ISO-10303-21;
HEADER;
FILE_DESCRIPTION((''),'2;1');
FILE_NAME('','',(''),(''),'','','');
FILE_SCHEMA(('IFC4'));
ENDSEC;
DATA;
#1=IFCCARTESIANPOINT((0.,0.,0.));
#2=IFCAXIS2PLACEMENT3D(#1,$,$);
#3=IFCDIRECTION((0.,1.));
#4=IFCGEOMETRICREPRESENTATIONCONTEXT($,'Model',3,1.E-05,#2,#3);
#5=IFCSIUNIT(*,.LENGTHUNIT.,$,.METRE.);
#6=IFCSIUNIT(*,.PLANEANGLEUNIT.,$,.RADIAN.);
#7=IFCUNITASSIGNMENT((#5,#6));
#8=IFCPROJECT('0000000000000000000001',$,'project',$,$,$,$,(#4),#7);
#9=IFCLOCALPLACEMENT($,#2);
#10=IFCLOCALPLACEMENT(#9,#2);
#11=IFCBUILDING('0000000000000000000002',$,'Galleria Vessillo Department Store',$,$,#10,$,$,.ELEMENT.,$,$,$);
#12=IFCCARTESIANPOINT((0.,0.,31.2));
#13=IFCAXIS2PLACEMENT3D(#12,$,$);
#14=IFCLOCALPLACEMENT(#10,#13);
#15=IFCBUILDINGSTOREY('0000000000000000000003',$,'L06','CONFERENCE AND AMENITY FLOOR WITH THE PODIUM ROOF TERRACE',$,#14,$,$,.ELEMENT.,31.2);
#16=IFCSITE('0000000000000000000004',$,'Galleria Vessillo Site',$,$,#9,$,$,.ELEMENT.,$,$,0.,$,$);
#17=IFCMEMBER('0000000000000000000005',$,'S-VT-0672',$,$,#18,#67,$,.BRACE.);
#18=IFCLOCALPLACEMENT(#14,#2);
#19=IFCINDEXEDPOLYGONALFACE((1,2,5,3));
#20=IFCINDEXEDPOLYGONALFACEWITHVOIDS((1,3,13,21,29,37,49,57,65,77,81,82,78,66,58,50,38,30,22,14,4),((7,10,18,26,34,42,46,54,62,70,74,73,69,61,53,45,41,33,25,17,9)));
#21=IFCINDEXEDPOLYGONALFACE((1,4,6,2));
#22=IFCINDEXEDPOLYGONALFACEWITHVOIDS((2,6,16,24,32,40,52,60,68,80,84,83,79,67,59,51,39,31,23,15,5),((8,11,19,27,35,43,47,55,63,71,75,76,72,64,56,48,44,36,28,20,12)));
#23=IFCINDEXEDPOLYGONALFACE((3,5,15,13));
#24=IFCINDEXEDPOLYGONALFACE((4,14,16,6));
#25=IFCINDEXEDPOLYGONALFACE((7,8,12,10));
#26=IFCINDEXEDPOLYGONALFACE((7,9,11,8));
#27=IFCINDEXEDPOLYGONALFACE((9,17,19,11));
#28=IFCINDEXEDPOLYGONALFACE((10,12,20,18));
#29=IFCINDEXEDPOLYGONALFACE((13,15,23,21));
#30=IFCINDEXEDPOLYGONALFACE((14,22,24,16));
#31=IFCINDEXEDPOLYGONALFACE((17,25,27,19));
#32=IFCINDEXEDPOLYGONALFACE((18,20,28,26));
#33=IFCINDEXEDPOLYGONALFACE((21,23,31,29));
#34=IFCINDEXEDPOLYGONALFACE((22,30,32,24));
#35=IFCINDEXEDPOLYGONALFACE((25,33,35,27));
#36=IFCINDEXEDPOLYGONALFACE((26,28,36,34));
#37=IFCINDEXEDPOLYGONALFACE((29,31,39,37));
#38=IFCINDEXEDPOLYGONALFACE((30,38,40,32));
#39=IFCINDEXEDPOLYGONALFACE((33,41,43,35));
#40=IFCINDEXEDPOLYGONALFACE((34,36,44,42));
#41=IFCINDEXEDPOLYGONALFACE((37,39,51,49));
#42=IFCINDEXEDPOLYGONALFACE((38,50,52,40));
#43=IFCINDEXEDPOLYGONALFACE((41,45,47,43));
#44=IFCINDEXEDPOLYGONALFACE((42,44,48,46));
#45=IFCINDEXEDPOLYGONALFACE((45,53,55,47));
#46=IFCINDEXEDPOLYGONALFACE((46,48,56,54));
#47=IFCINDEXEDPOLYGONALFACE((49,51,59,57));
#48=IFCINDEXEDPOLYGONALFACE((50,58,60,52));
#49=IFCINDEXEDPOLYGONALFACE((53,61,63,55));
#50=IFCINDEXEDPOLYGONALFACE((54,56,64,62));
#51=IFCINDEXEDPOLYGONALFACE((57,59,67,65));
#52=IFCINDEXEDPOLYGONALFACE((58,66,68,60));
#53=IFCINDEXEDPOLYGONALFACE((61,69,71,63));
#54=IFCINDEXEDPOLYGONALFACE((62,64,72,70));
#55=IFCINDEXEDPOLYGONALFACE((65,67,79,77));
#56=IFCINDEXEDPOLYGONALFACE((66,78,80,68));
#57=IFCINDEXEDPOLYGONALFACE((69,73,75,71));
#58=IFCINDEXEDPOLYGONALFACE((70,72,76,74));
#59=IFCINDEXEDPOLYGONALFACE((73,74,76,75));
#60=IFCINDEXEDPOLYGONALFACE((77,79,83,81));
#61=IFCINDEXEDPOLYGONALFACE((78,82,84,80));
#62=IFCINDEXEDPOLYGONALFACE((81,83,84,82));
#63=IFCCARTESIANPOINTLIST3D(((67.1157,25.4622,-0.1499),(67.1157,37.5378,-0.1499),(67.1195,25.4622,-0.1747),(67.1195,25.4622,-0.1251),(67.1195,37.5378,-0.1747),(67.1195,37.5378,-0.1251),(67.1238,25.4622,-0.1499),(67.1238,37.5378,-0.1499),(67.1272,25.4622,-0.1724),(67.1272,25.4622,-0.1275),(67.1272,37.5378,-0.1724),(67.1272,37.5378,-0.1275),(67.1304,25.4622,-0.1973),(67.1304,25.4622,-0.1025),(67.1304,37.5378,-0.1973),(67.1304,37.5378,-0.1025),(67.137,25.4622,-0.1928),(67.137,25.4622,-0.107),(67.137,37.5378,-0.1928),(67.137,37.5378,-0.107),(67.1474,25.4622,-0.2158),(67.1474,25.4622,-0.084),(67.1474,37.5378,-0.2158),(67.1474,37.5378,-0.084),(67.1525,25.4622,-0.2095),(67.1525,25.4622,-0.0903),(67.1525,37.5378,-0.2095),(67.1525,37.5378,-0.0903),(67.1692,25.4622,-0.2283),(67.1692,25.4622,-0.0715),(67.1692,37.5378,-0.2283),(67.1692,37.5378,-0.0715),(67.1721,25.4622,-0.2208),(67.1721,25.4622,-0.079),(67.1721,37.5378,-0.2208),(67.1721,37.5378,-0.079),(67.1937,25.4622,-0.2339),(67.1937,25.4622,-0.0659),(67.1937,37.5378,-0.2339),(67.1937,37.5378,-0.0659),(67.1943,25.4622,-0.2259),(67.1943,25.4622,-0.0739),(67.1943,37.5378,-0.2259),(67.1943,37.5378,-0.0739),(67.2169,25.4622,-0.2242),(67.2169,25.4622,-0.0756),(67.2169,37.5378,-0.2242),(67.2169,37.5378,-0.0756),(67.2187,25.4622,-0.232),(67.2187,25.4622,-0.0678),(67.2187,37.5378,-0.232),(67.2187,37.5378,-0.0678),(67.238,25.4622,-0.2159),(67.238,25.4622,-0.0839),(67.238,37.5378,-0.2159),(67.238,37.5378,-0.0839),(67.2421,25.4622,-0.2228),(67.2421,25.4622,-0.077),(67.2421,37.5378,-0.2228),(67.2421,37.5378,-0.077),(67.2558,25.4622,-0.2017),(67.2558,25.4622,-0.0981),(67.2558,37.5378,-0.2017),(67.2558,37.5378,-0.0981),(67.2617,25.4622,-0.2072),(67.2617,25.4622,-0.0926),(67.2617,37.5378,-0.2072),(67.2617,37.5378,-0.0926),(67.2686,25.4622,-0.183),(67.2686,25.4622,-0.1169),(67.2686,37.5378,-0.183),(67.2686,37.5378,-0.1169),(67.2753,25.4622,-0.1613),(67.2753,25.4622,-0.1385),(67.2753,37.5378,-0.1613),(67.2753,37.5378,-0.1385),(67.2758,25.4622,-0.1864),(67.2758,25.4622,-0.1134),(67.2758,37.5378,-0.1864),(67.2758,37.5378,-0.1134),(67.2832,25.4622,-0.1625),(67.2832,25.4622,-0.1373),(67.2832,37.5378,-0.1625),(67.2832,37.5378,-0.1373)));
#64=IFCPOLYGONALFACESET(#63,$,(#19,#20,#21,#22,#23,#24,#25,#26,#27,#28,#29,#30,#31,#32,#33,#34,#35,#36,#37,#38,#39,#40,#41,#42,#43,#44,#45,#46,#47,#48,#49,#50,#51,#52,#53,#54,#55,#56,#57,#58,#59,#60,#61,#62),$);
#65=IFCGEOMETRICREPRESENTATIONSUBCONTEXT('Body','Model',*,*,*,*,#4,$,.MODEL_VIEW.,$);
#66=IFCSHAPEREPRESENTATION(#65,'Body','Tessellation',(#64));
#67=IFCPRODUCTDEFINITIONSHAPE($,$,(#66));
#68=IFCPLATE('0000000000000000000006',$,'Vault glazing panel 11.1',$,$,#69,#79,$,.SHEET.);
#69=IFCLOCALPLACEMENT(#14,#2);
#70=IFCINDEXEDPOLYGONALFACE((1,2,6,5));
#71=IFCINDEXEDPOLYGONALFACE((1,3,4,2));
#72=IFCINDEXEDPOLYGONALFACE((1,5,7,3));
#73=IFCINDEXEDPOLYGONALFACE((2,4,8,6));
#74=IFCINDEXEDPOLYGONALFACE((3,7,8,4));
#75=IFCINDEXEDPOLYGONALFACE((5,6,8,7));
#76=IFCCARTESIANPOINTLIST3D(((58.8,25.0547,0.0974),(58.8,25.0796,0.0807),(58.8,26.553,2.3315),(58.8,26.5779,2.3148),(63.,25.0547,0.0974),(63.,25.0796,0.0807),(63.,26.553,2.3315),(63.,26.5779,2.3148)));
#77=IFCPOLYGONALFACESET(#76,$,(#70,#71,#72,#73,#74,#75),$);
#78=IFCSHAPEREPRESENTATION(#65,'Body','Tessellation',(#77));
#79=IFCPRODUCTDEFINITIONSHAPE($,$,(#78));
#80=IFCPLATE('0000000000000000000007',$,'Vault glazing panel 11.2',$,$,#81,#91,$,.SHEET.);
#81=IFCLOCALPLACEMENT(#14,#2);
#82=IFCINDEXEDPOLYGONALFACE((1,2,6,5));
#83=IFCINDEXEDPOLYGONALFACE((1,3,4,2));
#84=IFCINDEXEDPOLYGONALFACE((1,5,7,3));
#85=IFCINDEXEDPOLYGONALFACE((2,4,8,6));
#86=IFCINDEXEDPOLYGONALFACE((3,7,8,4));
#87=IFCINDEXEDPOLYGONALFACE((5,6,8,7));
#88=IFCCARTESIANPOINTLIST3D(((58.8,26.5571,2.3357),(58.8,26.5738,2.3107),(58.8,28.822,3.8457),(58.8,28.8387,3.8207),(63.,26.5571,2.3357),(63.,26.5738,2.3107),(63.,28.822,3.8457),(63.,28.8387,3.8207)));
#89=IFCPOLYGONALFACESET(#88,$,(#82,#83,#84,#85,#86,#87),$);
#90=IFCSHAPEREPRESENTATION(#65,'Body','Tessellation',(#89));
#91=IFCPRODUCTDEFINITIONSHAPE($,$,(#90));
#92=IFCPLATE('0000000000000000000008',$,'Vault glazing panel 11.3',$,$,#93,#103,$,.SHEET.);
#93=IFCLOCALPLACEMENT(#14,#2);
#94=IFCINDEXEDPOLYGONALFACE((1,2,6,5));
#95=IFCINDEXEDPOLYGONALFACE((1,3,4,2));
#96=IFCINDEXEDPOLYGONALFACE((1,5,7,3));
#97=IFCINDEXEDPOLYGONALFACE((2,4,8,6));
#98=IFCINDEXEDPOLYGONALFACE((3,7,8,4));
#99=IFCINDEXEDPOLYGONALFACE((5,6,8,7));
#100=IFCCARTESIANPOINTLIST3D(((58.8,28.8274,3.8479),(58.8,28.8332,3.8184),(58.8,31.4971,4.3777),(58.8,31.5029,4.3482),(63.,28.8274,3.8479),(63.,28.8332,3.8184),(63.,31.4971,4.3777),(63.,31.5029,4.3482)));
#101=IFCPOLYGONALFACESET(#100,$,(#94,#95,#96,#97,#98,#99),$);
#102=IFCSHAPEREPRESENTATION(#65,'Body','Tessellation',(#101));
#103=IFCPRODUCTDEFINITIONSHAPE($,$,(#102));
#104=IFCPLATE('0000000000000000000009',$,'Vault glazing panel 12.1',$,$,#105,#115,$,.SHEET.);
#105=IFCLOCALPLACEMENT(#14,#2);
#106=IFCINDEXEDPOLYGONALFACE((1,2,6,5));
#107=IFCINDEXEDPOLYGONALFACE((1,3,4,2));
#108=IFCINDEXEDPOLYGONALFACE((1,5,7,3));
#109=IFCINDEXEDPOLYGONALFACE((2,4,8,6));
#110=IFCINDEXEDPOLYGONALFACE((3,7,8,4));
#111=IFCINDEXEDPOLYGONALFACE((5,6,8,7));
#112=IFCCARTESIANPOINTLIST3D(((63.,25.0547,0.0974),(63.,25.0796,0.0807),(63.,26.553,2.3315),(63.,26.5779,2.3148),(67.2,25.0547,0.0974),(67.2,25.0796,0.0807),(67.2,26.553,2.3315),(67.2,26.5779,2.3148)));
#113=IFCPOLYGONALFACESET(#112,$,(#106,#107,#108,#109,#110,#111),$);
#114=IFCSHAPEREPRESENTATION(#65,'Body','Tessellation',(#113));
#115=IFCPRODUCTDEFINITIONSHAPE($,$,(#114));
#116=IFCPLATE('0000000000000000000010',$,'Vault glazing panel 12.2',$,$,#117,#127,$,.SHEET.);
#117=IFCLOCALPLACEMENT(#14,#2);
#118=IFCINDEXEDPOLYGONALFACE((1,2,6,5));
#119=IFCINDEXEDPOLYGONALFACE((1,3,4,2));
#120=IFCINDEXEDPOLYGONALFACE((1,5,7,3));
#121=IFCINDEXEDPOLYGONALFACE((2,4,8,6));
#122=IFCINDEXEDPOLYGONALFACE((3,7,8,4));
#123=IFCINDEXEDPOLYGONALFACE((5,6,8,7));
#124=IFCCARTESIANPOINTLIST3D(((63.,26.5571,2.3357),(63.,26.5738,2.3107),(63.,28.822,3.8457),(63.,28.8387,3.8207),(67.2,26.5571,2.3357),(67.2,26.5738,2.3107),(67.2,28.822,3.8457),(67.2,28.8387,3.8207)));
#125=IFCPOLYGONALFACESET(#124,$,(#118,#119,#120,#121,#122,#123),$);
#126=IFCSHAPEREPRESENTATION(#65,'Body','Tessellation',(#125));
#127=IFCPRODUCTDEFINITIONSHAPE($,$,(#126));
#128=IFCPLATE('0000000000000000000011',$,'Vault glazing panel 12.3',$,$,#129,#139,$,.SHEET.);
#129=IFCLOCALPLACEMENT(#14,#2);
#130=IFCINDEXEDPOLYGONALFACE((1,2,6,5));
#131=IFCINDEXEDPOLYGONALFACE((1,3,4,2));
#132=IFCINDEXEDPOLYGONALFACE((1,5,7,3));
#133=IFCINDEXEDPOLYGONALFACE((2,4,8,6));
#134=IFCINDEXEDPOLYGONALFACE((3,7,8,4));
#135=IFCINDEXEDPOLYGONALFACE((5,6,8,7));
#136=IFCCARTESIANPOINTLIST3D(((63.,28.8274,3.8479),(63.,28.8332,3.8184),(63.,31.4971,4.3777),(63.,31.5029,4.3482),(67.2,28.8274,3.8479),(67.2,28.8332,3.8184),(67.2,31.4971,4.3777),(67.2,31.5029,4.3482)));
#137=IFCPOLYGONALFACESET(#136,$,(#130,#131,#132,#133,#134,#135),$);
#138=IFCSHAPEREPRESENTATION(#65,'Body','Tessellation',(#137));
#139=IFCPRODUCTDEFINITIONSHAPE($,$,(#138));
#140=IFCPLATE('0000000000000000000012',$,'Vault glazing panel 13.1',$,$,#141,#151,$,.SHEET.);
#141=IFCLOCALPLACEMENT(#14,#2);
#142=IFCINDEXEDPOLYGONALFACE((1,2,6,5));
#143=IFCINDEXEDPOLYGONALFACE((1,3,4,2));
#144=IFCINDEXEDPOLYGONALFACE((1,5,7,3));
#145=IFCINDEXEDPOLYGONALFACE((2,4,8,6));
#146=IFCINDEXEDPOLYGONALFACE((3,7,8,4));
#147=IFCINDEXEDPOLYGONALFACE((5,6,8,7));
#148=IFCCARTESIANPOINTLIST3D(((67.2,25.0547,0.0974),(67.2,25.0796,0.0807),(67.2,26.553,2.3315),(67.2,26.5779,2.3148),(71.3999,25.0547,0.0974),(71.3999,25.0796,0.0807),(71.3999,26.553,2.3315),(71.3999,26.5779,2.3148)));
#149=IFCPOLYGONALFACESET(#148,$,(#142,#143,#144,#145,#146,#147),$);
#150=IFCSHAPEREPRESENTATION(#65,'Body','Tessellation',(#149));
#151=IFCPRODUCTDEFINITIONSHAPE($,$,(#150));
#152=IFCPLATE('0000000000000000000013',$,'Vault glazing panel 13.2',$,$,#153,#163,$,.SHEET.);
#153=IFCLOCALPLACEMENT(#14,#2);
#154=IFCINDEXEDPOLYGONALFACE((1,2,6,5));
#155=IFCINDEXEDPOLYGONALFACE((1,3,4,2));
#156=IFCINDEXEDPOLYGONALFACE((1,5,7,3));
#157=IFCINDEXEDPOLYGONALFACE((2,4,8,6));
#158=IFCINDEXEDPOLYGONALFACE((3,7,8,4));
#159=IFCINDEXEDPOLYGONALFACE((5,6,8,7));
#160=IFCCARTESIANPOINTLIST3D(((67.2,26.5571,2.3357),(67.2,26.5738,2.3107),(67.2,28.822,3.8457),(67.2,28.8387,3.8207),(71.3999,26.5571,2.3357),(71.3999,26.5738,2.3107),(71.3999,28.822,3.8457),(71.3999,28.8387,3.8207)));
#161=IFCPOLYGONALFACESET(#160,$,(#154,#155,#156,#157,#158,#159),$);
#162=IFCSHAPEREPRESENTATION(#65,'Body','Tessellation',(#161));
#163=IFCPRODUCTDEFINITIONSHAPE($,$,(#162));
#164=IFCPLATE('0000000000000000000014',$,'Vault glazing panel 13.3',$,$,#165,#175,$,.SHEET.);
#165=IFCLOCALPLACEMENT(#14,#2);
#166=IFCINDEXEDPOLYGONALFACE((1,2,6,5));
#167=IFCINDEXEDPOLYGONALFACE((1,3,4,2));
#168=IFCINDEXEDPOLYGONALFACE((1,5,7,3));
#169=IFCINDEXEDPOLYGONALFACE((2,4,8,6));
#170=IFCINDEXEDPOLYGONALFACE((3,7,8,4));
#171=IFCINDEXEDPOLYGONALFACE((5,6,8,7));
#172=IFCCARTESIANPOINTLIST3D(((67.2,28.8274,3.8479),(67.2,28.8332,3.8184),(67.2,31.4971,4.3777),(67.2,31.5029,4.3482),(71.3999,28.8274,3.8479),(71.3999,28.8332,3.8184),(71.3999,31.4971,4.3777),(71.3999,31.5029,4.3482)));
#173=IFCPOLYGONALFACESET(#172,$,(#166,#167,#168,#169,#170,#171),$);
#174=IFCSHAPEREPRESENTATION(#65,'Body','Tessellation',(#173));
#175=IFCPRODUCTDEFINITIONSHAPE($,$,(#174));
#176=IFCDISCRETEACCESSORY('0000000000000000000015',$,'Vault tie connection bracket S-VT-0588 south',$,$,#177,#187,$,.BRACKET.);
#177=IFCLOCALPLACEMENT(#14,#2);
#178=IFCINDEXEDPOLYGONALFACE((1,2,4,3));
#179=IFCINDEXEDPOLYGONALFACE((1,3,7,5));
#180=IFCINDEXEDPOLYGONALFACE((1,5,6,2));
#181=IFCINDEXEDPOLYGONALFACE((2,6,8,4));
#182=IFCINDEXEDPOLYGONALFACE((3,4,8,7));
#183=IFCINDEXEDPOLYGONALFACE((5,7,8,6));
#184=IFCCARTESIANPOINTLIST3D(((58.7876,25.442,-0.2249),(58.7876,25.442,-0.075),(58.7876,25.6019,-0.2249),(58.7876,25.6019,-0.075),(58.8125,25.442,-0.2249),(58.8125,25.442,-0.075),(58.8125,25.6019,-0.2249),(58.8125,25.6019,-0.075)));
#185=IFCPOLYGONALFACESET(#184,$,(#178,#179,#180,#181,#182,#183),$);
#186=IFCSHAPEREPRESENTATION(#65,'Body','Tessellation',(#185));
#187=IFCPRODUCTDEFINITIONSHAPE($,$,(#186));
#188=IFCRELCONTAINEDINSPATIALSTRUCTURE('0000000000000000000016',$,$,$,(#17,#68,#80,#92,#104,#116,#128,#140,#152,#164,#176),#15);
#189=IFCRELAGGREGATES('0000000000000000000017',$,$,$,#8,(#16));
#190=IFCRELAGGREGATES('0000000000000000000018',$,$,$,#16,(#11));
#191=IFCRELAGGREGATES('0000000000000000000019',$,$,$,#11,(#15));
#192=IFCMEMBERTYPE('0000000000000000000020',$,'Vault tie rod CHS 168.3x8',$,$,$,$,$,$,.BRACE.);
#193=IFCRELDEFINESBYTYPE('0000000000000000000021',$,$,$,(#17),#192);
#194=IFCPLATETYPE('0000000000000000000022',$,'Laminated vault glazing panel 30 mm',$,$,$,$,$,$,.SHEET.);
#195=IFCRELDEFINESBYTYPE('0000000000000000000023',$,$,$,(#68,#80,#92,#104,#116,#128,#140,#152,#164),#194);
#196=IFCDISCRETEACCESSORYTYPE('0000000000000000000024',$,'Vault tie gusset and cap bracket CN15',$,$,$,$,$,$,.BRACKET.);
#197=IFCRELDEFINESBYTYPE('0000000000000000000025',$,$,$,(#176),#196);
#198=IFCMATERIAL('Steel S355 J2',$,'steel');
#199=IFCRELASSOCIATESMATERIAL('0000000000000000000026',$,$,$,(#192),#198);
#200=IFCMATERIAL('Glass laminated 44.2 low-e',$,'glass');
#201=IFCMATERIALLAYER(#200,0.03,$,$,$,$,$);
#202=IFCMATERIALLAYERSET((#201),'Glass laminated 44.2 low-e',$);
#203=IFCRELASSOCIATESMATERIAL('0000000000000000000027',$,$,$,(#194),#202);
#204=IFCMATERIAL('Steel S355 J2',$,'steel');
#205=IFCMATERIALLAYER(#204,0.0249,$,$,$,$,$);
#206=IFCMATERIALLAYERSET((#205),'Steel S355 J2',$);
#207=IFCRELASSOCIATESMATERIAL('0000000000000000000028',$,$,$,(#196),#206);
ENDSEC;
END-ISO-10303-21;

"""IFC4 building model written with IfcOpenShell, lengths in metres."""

from ifc_helpers import new_model, si_unit, direction, frame, origin, origin_2d, place, context, subcontext, project, spatial, polyline, rectangle, hollow_circle, outline, extrude, material, layer, layer_set, material_profile, profile_set, type_object, element, save


model = new_model("IFC4")

# Units and contexts
model_context = context("Model", 3, precision=1e-05, world=origin(), true_north=direction((0.0, 1.0)))
body_context = subcontext(model_context, "Body", "Model", "MODEL_VIEW")
ifc_project = project(units=[si_unit("LENGTHUNIT", "METRE"), si_unit("PLANEANGLEUNIT", "RADIAN")], contexts=[model_context])

# Site, building, storey
site_placement = place(None, origin())
site = spatial("IfcSite", under=ifc_project, at=site_placement, Name="Galleria Vessillo Site", CompositionType="ELEMENT", RefElevation=0.0)
building_placement = place(site_placement, origin())
building = spatial("IfcBuilding", under=site, at=building_placement, Name="Galleria Vessillo Department Store", CompositionType="ELEMENT")
storey_placement = place(building_placement, frame((0.0, 0.0, 31.2)))
storey = spatial("IfcBuildingStorey", under=building, at=storey_placement, Name="L06", Description="CONFERENCE AND AMENITY FLOOR WITH THE PODIUM ROOF TERRACE", CompositionType="ELEMENT", Elevation=31.2)

# Member
ifc_material_1 = material(Name="Steel S355 J2", Category="steel")
ifc_material_profile_1 = material_profile(ifc_material_1, hollow_circle(Radius=0.0842, WallThickness=0.0081, at=origin_2d()), Name="CHS 168.3x8")
ifc_profile_set_1 = profile_set([ifc_material_profile_1], Name="Steel S355 J2")
member_type_1 = type_object("IfcMemberType", Name="Vault tie rod CHS 168.3x8", PredefinedType="BRACE", material=ifc_profile_set_1)
for number, where, z_axis, x_axis, name in (
    (1, (67.2, 25.4622, -0.1499), (0.0, 1.0, 0.0), (-1.0, 0.0, 0.0), "S-VT-0672"),
):
    element("IfcMember", number, at=place(storey_placement, frame(where, z_axis=z_axis, x_axis=x_axis)), inside=storey, type_object=member_type_1, Name=name, PredefinedType="BRACE", context=body_context, shape_type="SweptSolid", body=[
        extrude(hollow_circle(Radius=0.0842, WallThickness=0.0081, at=origin_2d()), origin(), (0.0, 0.0, 1.0), 12.0757),
    ])

# Plates
ifc_material_2 = material(Name="Glass laminated 44.2 low-e", Category="glass")
ifc_layer_1 = layer(ifc_material_2, 0.03)
ifc_layer_set_1 = layer_set([ifc_layer_1], Name="Glass laminated 44.2 low-e")
plate_type = type_object("IfcPlateType", Name="Laminated vault glazing panel 30 mm", PredefinedType="SHEET", material=ifc_layer_set_1)
plate_1_placement = place(storey_placement, frame((58.8, 25.0547, 0.0974), z_axis=(0.0, -0.830525, 0.556981), x_axis=(1.0, 0.0, 0.0)))
element("IfcPlate", 2, at=plate_1_placement, inside=storey, type_object=plate_type, Name="Vault glazing panel 11.1", PredefinedType="SHEET", context=body_context, shape_type="SweptSolid", body=[
    extrude(outline(polyline([(0.0, 0.0), (4.2, 0.0), (4.2, 2.69), (0.0, 2.69), (0.0, 0.0)])), origin(), (0.0, 0.0, -1.0), 0.03),
])
plate_2_placement = place(storey_placement, frame((58.8, 26.5571, 2.3357), z_axis=(0.0, -0.554721, 0.832036), x_axis=(1.0, 0.0, 0.0)))
element("IfcPlate", 3, at=plate_2_placement, inside=storey, type_object=plate_type, Name="Vault glazing panel 11.2", PredefinedType="SHEET", context=body_context, shape_type="SweptSolid", body=[
    extrude(outline(polyline([(0.0, 0.0), (4.2, 0.0), (4.2, 2.7221), (0.0, 2.7221), (0.0, 0.0)])), origin(), (0.0, 0.0, -1.0), 0.03),
])
plate_3_placement = place(storey_placement, frame((58.8, 28.8274, 3.8479), z_axis=(0.0, -0.19465, 0.980873), x_axis=(1.0, 0.0, 0.0)))
element("IfcPlate", 4, at=plate_3_placement, inside=storey, type_object=plate_type, Name="Vault glazing panel 11.3", PredefinedType="SHEET", context=body_context, shape_type="SweptSolid", body=[
    extrude(outline(polyline([(0.0, 0.0), (4.2, 0.0), (4.2, 2.7217), (0.0, 2.7217), (0.0, 0.0)])), origin(), (0.0, 0.0, -1.0), 0.03),
])
plate_4_placement = place(storey_placement, frame((63.0, 25.0547, 0.0974), z_axis=(0.0, -0.830525, 0.556981), x_axis=(1.0, 0.0, 0.0)))
element("IfcPlate", 5, at=plate_4_placement, inside=storey, type_object=plate_type, Name="Vault glazing panel 12.1", PredefinedType="SHEET", context=body_context, shape_type="SweptSolid", body=[
    extrude(outline(polyline([(0.0, 0.0), (4.2, 0.0), (4.2, 2.69), (0.0, 2.69), (0.0, 0.0)])), origin(), (0.0, 0.0, -1.0), 0.03),
])
plate_5_placement = place(storey_placement, frame((63.0, 26.5571, 2.3357), z_axis=(0.0, -0.554721, 0.832036), x_axis=(1.0, 0.0, 0.0)))
element("IfcPlate", 6, at=plate_5_placement, inside=storey, type_object=plate_type, Name="Vault glazing panel 12.2", PredefinedType="SHEET", context=body_context, shape_type="SweptSolid", body=[
    extrude(outline(polyline([(0.0, 0.0), (4.2, 0.0), (4.2, 2.7221), (0.0, 2.7221), (0.0, 0.0)])), origin(), (0.0, 0.0, -1.0), 0.03),
])
plate_6_placement = place(storey_placement, frame((63.0, 28.8274, 3.8479), z_axis=(0.0, -0.19465, 0.980873), x_axis=(1.0, 0.0, 0.0)))
element("IfcPlate", 7, at=plate_6_placement, inside=storey, type_object=plate_type, Name="Vault glazing panel 12.3", PredefinedType="SHEET", context=body_context, shape_type="SweptSolid", body=[
    extrude(outline(polyline([(0.0, 0.0), (4.2, 0.0), (4.2, 2.7217), (0.0, 2.7217), (0.0, 0.0)])), origin(), (0.0, 0.0, -1.0), 0.03),
])
plate_7_placement = place(storey_placement, frame((67.2, 25.0547, 0.0974), z_axis=(0.0, -0.830525, 0.556981), x_axis=(1.0, 0.0, 0.0)))
element("IfcPlate", 8, at=plate_7_placement, inside=storey, type_object=plate_type, Name="Vault glazing panel 13.1", PredefinedType="SHEET", context=body_context, shape_type="SweptSolid", body=[
    extrude(outline(polyline([(0.0, 0.0), (4.2, 0.0), (4.2, 2.69), (0.0, 2.69), (0.0, 0.0)])), origin(), (0.0, 0.0, -1.0), 0.03),
])
plate_8_placement = place(storey_placement, frame((67.2, 26.5571, 2.3357), z_axis=(0.0, -0.554721, 0.832036), x_axis=(1.0, 0.0, 0.0)))
element("IfcPlate", 9, at=plate_8_placement, inside=storey, type_object=plate_type, Name="Vault glazing panel 13.2", PredefinedType="SHEET", context=body_context, shape_type="SweptSolid", body=[
    extrude(outline(polyline([(0.0, 0.0), (4.2, 0.0), (4.2, 2.7221), (0.0, 2.7221), (0.0, 0.0)])), origin(), (0.0, 0.0, -1.0), 0.03),
])
plate_9_placement = place(storey_placement, frame((67.2, 28.8274, 3.8479), z_axis=(0.0, -0.19465, 0.980873), x_axis=(1.0, 0.0, 0.0)))
element("IfcPlate", 10, at=plate_9_placement, inside=storey, type_object=plate_type, Name="Vault glazing panel 13.3", PredefinedType="SHEET", context=body_context, shape_type="SweptSolid", body=[
    extrude(outline(polyline([(0.0, 0.0), (4.2, 0.0), (4.2, 2.7217), (0.0, 2.7217), (0.0, 0.0)])), origin(), (0.0, 0.0, -1.0), 0.03),
])

# Discrete accessory
ifc_material_3 = material(Name="Steel S355 J2", Category="steel")
ifc_layer_2 = layer(ifc_material_3, 0.0249)
ifc_layer_set_2 = layer_set([ifc_layer_2], Name="Steel S355 J2")
discrete_accessory_type = type_object("IfcDiscreteAccessoryType", Name="Vault tie gusset and cap bracket CN15", PredefinedType="BRACKET", material=ifc_layer_set_2)
for number, where, z_axis, x_axis, name in (
    (11, (58.8, 25.522, -0.2249), (0.0, 0.0, 1.0), (1.0, 0.0, 0.0), "Vault tie connection bracket S-VT-0588 south"),
):
    element("IfcDiscreteAccessory", number, at=place(storey_placement, frame(where, z_axis=z_axis, x_axis=x_axis)), inside=storey, type_object=discrete_accessory_type, Name=name, PredefinedType="BRACKET", context=body_context, shape_type="SweptSolid", body=[
        extrude(rectangle(XDim=0.0249, YDim=0.1599, at=origin_2d()), origin(), (0.0, 0.0, 1.0), 0.1499),
    ])

save(model, "model.ifc")
